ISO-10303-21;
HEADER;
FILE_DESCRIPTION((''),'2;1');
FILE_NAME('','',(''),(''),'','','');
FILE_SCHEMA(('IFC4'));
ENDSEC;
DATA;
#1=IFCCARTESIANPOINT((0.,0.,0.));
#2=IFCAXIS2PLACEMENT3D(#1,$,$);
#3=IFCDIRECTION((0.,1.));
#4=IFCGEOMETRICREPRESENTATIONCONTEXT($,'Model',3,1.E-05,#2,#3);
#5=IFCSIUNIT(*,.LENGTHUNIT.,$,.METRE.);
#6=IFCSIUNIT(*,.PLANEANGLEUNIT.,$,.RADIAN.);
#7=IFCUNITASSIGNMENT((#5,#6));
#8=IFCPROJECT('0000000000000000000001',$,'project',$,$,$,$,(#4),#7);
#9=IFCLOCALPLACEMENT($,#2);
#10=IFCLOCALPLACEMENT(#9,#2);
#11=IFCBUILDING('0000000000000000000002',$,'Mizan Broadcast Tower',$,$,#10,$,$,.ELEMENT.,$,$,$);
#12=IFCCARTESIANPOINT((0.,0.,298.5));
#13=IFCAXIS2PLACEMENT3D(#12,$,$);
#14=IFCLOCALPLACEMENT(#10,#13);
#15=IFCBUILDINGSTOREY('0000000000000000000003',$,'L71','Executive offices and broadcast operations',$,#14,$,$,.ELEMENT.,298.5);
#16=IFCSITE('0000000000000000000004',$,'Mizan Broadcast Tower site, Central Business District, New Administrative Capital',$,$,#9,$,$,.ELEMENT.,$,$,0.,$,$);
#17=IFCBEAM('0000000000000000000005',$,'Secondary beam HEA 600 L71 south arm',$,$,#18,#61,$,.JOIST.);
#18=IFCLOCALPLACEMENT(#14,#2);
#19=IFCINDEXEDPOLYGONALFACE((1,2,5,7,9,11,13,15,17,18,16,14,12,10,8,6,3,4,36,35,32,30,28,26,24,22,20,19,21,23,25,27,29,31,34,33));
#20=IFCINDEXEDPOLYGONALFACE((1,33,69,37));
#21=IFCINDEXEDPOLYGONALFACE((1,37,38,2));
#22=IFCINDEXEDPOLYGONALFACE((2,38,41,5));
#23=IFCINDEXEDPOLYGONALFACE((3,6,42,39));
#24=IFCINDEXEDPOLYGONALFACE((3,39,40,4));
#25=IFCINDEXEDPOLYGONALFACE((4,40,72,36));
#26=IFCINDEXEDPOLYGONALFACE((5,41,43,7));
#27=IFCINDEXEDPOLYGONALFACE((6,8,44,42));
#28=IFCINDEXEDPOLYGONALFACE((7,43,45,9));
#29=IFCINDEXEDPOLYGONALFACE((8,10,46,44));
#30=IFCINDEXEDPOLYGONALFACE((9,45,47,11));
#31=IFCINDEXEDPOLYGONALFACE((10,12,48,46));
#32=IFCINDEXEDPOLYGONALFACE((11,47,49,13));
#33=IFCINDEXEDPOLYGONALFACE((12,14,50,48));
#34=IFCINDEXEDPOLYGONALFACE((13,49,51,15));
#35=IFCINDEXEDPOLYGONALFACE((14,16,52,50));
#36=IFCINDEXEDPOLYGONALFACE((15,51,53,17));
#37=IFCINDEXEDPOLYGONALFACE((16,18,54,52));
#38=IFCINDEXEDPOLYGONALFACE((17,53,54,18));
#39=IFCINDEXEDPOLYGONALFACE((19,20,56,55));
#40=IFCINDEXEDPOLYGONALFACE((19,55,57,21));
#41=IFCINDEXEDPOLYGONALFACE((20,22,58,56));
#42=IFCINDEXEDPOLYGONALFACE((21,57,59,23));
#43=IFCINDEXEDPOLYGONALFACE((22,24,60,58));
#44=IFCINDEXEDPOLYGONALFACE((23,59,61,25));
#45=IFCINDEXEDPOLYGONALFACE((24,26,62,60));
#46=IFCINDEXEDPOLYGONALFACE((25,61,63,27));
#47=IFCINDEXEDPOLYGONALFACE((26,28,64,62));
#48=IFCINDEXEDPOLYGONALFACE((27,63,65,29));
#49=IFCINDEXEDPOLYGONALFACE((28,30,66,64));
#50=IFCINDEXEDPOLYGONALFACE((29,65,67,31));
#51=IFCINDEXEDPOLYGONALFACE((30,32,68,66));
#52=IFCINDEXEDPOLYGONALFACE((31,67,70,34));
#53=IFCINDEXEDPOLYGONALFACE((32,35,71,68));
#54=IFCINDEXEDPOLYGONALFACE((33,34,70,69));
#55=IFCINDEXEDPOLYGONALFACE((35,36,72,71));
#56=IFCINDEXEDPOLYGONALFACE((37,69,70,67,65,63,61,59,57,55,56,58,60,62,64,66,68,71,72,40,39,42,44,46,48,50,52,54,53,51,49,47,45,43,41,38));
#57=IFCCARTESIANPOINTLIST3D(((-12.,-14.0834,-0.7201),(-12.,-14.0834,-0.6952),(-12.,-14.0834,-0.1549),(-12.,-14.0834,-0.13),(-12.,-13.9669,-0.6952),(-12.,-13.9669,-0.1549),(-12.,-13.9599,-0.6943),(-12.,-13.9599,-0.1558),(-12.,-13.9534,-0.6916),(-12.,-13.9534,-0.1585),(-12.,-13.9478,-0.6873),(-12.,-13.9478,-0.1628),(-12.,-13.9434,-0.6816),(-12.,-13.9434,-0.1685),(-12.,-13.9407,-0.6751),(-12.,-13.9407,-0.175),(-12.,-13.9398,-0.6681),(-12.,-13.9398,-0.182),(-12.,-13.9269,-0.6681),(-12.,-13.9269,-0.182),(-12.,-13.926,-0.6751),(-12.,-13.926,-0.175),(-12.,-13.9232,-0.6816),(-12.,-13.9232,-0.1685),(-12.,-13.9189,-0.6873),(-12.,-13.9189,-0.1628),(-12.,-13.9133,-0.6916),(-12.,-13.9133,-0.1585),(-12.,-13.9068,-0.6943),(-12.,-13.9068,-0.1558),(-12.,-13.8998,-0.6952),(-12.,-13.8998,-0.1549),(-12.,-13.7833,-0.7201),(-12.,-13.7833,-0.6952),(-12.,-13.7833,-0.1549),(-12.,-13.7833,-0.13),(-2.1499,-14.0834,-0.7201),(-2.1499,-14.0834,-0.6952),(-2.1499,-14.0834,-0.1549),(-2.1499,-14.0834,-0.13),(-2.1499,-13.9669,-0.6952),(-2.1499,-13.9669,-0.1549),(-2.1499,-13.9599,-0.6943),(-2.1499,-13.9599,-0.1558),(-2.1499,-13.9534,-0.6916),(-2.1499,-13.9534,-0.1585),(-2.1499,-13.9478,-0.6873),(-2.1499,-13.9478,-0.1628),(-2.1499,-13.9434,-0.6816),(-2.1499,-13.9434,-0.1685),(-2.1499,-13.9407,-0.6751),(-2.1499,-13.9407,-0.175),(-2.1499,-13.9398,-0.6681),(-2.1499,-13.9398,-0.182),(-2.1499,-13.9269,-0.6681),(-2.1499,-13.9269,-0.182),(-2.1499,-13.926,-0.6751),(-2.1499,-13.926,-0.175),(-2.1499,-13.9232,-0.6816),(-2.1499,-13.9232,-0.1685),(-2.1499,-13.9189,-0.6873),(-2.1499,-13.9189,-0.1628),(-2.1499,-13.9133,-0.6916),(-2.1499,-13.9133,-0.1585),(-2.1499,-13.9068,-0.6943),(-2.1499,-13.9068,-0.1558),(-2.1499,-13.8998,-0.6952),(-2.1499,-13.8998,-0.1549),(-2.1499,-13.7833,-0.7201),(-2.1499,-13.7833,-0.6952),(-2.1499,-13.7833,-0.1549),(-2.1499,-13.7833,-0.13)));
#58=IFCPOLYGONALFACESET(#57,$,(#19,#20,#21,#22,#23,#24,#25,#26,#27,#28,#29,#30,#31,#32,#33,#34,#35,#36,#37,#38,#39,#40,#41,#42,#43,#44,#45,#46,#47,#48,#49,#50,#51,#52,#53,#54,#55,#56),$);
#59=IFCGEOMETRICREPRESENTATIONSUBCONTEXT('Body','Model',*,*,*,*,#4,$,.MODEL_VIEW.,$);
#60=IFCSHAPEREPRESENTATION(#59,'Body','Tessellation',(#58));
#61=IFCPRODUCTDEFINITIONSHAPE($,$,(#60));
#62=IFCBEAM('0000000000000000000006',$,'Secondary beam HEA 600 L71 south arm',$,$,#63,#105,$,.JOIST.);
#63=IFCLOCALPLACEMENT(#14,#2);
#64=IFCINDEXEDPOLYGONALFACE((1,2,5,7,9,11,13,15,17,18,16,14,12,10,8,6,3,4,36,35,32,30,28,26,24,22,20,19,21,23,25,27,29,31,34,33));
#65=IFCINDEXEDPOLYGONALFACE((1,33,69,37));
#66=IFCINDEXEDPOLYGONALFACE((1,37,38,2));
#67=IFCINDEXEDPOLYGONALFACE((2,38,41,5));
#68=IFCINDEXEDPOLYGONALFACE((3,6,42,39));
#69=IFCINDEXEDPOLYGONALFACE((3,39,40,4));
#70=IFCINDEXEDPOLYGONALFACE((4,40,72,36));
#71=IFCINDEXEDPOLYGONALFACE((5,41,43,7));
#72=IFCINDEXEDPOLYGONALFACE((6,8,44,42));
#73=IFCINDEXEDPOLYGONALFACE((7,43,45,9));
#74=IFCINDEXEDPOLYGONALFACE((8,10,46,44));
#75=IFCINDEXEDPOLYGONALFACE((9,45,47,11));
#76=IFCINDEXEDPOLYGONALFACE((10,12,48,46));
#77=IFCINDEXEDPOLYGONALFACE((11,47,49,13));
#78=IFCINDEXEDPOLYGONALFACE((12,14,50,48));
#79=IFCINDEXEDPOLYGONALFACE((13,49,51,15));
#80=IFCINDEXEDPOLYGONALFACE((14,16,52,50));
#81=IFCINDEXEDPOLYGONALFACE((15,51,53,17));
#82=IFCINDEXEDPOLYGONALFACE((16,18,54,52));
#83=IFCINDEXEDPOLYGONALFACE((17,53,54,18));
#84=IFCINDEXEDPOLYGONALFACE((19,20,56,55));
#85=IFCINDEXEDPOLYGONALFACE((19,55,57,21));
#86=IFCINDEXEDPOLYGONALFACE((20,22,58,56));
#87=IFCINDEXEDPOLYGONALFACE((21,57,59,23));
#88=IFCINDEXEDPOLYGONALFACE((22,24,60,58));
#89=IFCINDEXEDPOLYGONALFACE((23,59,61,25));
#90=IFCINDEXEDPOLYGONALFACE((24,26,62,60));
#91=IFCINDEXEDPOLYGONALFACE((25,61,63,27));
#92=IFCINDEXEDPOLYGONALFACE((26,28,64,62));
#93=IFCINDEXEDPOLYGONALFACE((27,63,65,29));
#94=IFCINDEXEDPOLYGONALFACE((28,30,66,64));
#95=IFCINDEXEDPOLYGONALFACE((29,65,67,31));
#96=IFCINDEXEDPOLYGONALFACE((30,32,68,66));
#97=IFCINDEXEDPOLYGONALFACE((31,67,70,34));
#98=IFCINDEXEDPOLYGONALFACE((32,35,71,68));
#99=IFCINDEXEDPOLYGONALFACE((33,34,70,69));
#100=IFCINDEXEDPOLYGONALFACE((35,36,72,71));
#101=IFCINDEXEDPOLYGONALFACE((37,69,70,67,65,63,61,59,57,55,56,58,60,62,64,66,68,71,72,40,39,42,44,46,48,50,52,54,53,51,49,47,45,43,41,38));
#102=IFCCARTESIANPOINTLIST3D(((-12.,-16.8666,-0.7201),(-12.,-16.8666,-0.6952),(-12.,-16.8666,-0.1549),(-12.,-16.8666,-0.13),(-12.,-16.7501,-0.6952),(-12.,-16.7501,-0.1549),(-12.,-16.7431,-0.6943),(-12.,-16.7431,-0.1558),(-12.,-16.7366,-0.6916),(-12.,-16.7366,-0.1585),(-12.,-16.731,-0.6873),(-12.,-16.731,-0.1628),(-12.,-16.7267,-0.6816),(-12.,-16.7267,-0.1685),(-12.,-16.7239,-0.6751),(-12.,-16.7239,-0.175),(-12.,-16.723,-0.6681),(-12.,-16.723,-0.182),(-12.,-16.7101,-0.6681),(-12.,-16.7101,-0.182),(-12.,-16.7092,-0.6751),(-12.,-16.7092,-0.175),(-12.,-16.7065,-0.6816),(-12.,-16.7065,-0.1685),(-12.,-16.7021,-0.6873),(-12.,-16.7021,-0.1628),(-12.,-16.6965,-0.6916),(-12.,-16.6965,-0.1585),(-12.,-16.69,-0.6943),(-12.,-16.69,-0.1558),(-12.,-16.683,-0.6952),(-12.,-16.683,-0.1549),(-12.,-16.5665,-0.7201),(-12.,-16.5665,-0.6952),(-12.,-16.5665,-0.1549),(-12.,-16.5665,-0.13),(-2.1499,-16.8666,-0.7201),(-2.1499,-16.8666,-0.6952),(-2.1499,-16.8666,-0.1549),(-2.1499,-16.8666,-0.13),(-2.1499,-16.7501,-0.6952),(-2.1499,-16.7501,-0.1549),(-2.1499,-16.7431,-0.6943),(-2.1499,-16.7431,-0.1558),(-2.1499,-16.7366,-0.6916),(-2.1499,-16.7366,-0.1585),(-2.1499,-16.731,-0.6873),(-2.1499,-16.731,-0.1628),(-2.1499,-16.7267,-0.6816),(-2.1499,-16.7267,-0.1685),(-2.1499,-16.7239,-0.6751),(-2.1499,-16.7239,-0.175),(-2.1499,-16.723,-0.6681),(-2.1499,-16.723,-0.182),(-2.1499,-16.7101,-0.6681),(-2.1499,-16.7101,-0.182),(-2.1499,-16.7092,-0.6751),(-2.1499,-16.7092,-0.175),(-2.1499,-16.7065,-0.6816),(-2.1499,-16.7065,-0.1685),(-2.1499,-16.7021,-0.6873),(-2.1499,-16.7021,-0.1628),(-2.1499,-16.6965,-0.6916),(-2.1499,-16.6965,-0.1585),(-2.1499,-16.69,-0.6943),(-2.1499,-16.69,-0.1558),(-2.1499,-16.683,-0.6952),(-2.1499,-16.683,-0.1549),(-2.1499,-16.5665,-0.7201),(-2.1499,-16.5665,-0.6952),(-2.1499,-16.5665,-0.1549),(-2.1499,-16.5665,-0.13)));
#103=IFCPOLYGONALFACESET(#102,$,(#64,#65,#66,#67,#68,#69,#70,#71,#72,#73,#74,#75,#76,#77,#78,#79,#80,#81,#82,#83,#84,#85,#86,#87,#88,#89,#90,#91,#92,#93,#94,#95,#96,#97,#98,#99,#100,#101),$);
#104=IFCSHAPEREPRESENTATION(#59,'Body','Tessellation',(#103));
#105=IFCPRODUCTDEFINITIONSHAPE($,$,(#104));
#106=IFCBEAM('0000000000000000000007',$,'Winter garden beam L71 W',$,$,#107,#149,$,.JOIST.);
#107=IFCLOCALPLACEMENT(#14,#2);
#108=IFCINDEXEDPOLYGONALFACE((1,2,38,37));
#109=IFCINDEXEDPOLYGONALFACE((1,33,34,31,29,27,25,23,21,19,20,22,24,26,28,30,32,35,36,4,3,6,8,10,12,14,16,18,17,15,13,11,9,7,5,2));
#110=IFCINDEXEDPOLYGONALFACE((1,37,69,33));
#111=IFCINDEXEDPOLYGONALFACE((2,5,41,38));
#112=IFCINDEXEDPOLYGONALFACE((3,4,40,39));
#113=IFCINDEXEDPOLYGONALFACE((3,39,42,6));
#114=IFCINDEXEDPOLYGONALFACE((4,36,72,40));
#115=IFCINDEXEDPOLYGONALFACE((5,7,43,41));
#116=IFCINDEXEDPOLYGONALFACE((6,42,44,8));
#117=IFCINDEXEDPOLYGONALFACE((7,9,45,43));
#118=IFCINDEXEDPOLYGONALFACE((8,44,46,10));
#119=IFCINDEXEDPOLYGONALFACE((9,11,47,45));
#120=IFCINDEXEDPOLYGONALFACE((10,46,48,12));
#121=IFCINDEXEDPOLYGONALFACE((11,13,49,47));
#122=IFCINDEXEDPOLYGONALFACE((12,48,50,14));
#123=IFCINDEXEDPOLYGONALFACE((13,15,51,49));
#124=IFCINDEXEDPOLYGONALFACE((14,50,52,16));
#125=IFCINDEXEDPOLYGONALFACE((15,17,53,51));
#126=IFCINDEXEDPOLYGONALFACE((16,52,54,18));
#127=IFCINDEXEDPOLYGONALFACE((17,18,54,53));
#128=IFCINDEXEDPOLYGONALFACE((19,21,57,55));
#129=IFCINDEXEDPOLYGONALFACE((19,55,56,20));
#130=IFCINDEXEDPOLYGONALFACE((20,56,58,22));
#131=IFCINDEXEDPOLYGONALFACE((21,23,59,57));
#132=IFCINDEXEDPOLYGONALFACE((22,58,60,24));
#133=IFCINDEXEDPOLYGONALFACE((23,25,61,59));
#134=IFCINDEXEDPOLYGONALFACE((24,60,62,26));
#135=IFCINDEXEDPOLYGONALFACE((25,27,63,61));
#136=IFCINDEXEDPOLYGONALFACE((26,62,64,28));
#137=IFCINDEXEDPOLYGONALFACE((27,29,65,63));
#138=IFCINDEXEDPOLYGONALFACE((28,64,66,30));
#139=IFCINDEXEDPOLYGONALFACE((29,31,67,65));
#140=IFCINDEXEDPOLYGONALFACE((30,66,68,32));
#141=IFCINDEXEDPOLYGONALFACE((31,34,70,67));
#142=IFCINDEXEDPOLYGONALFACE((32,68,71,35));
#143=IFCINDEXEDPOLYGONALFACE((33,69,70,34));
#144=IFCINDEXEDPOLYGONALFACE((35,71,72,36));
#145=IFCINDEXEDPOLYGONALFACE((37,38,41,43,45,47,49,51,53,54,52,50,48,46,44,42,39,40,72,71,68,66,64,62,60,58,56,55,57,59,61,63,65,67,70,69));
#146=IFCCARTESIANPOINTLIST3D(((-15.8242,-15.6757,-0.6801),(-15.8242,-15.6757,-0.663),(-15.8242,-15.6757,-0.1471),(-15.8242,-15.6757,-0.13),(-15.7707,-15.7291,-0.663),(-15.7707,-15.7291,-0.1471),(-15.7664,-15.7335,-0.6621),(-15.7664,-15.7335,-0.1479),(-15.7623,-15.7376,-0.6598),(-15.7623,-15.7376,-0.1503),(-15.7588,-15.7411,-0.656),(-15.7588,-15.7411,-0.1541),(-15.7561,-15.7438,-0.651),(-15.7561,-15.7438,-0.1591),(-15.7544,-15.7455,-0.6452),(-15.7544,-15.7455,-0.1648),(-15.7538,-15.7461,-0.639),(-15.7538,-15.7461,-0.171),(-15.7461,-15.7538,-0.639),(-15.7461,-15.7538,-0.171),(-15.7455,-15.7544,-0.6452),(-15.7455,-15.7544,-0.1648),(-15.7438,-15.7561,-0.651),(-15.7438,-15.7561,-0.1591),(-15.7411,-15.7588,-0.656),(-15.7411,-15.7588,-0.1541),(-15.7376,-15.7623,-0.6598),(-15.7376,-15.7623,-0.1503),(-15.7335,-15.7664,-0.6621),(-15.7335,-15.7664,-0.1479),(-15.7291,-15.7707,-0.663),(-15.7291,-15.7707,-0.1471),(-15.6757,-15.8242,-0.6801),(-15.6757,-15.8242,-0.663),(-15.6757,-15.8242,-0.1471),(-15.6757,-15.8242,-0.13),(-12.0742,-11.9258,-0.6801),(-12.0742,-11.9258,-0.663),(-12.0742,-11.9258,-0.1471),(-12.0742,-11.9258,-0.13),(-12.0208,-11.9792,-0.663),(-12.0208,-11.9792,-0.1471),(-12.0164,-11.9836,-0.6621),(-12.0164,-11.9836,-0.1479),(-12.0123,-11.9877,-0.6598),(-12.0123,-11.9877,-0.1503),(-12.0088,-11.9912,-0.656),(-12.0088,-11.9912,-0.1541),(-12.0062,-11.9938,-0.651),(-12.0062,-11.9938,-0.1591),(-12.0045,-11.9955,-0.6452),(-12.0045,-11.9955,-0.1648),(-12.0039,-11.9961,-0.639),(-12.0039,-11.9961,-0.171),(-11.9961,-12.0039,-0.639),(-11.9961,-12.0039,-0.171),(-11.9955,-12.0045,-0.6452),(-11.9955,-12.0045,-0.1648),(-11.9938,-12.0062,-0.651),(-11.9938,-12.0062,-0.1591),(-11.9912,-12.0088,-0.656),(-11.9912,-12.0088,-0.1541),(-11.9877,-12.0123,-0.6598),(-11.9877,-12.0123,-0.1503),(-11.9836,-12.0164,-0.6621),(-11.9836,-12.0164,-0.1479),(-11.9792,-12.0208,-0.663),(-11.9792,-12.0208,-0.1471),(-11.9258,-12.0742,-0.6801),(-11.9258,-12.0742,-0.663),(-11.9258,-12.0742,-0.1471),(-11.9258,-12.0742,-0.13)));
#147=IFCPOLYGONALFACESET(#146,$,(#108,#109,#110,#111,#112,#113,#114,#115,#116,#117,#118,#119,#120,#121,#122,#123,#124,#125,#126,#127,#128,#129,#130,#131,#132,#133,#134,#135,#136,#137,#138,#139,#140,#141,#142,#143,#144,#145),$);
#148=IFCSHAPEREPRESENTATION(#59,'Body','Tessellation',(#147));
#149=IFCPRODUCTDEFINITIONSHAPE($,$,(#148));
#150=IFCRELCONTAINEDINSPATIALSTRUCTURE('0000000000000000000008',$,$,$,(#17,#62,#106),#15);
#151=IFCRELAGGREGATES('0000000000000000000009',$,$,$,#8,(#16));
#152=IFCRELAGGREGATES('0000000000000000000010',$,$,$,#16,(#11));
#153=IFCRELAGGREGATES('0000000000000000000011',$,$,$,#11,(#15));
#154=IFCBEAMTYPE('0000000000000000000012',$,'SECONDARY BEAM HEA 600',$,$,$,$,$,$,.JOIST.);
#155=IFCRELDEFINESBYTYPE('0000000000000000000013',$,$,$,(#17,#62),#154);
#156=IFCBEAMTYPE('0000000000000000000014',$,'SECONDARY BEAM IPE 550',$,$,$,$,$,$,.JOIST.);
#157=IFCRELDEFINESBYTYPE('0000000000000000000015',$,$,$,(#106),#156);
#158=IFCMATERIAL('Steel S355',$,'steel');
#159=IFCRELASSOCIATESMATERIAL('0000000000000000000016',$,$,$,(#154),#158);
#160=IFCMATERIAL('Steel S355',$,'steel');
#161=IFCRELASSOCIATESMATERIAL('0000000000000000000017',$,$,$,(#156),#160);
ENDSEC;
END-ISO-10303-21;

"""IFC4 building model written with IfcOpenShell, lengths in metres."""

from ifc_helpers import new_model, si_unit, direction, frame, origin, origin_2d, place, context, subcontext, project, spatial, i_section, extrude, material, material_profile, profile_set, type_object, element, save


model = new_model("IFC4")

# Units and contexts
model_context = context("Model", 3, precision=1e-05, world=origin(), true_north=direction((0.0, 1.0)))
body_context = subcontext(model_context, "Body", "Model", "MODEL_VIEW")
ifc_project = project(units=[si_unit("LENGTHUNIT", "METRE"), si_unit("PLANEANGLEUNIT", "RADIAN")], contexts=[model_context])

# Site, building, storey
site_placement = place(None, origin())
site = spatial("IfcSite", under=ifc_project, at=site_placement, Name="Mizan Broadcast Tower site, Central Business District, New Administrative Capital", CompositionType="ELEMENT", RefElevation=0.0)
building_placement = place(site_placement, origin())
building = spatial("IfcBuilding", under=site, at=building_placement, Name="Mizan Broadcast Tower", CompositionType="ELEMENT")
storey_placement = place(building_placement, frame((0.0, 0.0, 298.5)))
storey = spatial("IfcBuildingStorey", under=building, at=storey_placement, Name="L71", Description="Executive offices and broadcast operations", CompositionType="ELEMENT", Elevation=298.5)

# Beams
ifc_material_1 = material(Name="Steel S355", Category="steel")
ifc_material_profile_1 = material_profile(ifc_material_1, i_section(OverallWidth=0.3, OverallDepth=0.5901, WebThickness=0.0129, FlangeThickness=0.0249, FilletRadius=0.0271, at=origin_2d()), Name="HEA 600")
ifc_profile_set_1 = profile_set([ifc_material_profile_1], Name="Steel S355")
beam_type_1 = type_object("IfcBeamType", Name="SECONDARY BEAM HEA 600", PredefinedType="JOIST", material=ifc_profile_set_1)
for number, where, z_axis, x_axis, name in (
    (1, (-12.0, -13.9333, -0.425), (1.0, 0.0, 0.0), (0.0, 1.0, 0.0), "Secondary beam HEA 600 L71 south arm"),
    (2, (-12.0, -16.7166, -0.425), (1.0, 0.0, 0.0), (0.0, 1.0, 0.0), "Secondary beam HEA 600 L71 south arm"),
):
    element("IfcBeam", number, at=place(storey_placement, frame(where, z_axis=z_axis, x_axis=x_axis)), inside=storey, type_object=beam_type_1, Name=name, PredefinedType="JOIST", context=body_context, shape_type="SweptSolid", body=[
        extrude(i_section(OverallWidth=0.3, OverallDepth=0.5901, WebThickness=0.0129, FlangeThickness=0.0249, FilletRadius=0.0271, at=origin_2d()), origin(), (0.0, 0.0, 1.0), 9.8501),
    ])
ifc_material_2 = material(Name="Steel S355", Category="steel")
ifc_material_profile_2 = material_profile(ifc_material_2, i_section(OverallWidth=0.21, OverallDepth=0.55, WebThickness=0.011, FlangeThickness=0.0171, FilletRadius=0.0239, at=origin_2d()), Name="IPE 550")
ifc_profile_set_2 = profile_set([ifc_material_profile_2], Name="Steel S355")
beam_type_2 = type_object("IfcBeamType", Name="SECONDARY BEAM IPE 550", PredefinedType="JOIST", material=ifc_profile_set_2)
beam_1_placement = place(storey_placement, frame((-12.0, -12.0, -0.405), z_axis=(-0.707107, -0.707107, 0.0), x_axis=(0.707107, -0.707107, 0.0)))
element("IfcBeam", 3, at=beam_1_placement, inside=storey, type_object=beam_type_2, Name="Winter garden beam L71 W", PredefinedType="JOIST", context=body_context, shape_type="SweptSolid", body=[
    extrude(i_section(OverallWidth=0.21, OverallDepth=0.55, WebThickness=0.011, FlangeThickness=0.0171, FilletRadius=0.0239, at=origin_2d()), origin(), (0.0, 0.0, 1.0), 5.3032),
])

save(model, "model.ifc")
